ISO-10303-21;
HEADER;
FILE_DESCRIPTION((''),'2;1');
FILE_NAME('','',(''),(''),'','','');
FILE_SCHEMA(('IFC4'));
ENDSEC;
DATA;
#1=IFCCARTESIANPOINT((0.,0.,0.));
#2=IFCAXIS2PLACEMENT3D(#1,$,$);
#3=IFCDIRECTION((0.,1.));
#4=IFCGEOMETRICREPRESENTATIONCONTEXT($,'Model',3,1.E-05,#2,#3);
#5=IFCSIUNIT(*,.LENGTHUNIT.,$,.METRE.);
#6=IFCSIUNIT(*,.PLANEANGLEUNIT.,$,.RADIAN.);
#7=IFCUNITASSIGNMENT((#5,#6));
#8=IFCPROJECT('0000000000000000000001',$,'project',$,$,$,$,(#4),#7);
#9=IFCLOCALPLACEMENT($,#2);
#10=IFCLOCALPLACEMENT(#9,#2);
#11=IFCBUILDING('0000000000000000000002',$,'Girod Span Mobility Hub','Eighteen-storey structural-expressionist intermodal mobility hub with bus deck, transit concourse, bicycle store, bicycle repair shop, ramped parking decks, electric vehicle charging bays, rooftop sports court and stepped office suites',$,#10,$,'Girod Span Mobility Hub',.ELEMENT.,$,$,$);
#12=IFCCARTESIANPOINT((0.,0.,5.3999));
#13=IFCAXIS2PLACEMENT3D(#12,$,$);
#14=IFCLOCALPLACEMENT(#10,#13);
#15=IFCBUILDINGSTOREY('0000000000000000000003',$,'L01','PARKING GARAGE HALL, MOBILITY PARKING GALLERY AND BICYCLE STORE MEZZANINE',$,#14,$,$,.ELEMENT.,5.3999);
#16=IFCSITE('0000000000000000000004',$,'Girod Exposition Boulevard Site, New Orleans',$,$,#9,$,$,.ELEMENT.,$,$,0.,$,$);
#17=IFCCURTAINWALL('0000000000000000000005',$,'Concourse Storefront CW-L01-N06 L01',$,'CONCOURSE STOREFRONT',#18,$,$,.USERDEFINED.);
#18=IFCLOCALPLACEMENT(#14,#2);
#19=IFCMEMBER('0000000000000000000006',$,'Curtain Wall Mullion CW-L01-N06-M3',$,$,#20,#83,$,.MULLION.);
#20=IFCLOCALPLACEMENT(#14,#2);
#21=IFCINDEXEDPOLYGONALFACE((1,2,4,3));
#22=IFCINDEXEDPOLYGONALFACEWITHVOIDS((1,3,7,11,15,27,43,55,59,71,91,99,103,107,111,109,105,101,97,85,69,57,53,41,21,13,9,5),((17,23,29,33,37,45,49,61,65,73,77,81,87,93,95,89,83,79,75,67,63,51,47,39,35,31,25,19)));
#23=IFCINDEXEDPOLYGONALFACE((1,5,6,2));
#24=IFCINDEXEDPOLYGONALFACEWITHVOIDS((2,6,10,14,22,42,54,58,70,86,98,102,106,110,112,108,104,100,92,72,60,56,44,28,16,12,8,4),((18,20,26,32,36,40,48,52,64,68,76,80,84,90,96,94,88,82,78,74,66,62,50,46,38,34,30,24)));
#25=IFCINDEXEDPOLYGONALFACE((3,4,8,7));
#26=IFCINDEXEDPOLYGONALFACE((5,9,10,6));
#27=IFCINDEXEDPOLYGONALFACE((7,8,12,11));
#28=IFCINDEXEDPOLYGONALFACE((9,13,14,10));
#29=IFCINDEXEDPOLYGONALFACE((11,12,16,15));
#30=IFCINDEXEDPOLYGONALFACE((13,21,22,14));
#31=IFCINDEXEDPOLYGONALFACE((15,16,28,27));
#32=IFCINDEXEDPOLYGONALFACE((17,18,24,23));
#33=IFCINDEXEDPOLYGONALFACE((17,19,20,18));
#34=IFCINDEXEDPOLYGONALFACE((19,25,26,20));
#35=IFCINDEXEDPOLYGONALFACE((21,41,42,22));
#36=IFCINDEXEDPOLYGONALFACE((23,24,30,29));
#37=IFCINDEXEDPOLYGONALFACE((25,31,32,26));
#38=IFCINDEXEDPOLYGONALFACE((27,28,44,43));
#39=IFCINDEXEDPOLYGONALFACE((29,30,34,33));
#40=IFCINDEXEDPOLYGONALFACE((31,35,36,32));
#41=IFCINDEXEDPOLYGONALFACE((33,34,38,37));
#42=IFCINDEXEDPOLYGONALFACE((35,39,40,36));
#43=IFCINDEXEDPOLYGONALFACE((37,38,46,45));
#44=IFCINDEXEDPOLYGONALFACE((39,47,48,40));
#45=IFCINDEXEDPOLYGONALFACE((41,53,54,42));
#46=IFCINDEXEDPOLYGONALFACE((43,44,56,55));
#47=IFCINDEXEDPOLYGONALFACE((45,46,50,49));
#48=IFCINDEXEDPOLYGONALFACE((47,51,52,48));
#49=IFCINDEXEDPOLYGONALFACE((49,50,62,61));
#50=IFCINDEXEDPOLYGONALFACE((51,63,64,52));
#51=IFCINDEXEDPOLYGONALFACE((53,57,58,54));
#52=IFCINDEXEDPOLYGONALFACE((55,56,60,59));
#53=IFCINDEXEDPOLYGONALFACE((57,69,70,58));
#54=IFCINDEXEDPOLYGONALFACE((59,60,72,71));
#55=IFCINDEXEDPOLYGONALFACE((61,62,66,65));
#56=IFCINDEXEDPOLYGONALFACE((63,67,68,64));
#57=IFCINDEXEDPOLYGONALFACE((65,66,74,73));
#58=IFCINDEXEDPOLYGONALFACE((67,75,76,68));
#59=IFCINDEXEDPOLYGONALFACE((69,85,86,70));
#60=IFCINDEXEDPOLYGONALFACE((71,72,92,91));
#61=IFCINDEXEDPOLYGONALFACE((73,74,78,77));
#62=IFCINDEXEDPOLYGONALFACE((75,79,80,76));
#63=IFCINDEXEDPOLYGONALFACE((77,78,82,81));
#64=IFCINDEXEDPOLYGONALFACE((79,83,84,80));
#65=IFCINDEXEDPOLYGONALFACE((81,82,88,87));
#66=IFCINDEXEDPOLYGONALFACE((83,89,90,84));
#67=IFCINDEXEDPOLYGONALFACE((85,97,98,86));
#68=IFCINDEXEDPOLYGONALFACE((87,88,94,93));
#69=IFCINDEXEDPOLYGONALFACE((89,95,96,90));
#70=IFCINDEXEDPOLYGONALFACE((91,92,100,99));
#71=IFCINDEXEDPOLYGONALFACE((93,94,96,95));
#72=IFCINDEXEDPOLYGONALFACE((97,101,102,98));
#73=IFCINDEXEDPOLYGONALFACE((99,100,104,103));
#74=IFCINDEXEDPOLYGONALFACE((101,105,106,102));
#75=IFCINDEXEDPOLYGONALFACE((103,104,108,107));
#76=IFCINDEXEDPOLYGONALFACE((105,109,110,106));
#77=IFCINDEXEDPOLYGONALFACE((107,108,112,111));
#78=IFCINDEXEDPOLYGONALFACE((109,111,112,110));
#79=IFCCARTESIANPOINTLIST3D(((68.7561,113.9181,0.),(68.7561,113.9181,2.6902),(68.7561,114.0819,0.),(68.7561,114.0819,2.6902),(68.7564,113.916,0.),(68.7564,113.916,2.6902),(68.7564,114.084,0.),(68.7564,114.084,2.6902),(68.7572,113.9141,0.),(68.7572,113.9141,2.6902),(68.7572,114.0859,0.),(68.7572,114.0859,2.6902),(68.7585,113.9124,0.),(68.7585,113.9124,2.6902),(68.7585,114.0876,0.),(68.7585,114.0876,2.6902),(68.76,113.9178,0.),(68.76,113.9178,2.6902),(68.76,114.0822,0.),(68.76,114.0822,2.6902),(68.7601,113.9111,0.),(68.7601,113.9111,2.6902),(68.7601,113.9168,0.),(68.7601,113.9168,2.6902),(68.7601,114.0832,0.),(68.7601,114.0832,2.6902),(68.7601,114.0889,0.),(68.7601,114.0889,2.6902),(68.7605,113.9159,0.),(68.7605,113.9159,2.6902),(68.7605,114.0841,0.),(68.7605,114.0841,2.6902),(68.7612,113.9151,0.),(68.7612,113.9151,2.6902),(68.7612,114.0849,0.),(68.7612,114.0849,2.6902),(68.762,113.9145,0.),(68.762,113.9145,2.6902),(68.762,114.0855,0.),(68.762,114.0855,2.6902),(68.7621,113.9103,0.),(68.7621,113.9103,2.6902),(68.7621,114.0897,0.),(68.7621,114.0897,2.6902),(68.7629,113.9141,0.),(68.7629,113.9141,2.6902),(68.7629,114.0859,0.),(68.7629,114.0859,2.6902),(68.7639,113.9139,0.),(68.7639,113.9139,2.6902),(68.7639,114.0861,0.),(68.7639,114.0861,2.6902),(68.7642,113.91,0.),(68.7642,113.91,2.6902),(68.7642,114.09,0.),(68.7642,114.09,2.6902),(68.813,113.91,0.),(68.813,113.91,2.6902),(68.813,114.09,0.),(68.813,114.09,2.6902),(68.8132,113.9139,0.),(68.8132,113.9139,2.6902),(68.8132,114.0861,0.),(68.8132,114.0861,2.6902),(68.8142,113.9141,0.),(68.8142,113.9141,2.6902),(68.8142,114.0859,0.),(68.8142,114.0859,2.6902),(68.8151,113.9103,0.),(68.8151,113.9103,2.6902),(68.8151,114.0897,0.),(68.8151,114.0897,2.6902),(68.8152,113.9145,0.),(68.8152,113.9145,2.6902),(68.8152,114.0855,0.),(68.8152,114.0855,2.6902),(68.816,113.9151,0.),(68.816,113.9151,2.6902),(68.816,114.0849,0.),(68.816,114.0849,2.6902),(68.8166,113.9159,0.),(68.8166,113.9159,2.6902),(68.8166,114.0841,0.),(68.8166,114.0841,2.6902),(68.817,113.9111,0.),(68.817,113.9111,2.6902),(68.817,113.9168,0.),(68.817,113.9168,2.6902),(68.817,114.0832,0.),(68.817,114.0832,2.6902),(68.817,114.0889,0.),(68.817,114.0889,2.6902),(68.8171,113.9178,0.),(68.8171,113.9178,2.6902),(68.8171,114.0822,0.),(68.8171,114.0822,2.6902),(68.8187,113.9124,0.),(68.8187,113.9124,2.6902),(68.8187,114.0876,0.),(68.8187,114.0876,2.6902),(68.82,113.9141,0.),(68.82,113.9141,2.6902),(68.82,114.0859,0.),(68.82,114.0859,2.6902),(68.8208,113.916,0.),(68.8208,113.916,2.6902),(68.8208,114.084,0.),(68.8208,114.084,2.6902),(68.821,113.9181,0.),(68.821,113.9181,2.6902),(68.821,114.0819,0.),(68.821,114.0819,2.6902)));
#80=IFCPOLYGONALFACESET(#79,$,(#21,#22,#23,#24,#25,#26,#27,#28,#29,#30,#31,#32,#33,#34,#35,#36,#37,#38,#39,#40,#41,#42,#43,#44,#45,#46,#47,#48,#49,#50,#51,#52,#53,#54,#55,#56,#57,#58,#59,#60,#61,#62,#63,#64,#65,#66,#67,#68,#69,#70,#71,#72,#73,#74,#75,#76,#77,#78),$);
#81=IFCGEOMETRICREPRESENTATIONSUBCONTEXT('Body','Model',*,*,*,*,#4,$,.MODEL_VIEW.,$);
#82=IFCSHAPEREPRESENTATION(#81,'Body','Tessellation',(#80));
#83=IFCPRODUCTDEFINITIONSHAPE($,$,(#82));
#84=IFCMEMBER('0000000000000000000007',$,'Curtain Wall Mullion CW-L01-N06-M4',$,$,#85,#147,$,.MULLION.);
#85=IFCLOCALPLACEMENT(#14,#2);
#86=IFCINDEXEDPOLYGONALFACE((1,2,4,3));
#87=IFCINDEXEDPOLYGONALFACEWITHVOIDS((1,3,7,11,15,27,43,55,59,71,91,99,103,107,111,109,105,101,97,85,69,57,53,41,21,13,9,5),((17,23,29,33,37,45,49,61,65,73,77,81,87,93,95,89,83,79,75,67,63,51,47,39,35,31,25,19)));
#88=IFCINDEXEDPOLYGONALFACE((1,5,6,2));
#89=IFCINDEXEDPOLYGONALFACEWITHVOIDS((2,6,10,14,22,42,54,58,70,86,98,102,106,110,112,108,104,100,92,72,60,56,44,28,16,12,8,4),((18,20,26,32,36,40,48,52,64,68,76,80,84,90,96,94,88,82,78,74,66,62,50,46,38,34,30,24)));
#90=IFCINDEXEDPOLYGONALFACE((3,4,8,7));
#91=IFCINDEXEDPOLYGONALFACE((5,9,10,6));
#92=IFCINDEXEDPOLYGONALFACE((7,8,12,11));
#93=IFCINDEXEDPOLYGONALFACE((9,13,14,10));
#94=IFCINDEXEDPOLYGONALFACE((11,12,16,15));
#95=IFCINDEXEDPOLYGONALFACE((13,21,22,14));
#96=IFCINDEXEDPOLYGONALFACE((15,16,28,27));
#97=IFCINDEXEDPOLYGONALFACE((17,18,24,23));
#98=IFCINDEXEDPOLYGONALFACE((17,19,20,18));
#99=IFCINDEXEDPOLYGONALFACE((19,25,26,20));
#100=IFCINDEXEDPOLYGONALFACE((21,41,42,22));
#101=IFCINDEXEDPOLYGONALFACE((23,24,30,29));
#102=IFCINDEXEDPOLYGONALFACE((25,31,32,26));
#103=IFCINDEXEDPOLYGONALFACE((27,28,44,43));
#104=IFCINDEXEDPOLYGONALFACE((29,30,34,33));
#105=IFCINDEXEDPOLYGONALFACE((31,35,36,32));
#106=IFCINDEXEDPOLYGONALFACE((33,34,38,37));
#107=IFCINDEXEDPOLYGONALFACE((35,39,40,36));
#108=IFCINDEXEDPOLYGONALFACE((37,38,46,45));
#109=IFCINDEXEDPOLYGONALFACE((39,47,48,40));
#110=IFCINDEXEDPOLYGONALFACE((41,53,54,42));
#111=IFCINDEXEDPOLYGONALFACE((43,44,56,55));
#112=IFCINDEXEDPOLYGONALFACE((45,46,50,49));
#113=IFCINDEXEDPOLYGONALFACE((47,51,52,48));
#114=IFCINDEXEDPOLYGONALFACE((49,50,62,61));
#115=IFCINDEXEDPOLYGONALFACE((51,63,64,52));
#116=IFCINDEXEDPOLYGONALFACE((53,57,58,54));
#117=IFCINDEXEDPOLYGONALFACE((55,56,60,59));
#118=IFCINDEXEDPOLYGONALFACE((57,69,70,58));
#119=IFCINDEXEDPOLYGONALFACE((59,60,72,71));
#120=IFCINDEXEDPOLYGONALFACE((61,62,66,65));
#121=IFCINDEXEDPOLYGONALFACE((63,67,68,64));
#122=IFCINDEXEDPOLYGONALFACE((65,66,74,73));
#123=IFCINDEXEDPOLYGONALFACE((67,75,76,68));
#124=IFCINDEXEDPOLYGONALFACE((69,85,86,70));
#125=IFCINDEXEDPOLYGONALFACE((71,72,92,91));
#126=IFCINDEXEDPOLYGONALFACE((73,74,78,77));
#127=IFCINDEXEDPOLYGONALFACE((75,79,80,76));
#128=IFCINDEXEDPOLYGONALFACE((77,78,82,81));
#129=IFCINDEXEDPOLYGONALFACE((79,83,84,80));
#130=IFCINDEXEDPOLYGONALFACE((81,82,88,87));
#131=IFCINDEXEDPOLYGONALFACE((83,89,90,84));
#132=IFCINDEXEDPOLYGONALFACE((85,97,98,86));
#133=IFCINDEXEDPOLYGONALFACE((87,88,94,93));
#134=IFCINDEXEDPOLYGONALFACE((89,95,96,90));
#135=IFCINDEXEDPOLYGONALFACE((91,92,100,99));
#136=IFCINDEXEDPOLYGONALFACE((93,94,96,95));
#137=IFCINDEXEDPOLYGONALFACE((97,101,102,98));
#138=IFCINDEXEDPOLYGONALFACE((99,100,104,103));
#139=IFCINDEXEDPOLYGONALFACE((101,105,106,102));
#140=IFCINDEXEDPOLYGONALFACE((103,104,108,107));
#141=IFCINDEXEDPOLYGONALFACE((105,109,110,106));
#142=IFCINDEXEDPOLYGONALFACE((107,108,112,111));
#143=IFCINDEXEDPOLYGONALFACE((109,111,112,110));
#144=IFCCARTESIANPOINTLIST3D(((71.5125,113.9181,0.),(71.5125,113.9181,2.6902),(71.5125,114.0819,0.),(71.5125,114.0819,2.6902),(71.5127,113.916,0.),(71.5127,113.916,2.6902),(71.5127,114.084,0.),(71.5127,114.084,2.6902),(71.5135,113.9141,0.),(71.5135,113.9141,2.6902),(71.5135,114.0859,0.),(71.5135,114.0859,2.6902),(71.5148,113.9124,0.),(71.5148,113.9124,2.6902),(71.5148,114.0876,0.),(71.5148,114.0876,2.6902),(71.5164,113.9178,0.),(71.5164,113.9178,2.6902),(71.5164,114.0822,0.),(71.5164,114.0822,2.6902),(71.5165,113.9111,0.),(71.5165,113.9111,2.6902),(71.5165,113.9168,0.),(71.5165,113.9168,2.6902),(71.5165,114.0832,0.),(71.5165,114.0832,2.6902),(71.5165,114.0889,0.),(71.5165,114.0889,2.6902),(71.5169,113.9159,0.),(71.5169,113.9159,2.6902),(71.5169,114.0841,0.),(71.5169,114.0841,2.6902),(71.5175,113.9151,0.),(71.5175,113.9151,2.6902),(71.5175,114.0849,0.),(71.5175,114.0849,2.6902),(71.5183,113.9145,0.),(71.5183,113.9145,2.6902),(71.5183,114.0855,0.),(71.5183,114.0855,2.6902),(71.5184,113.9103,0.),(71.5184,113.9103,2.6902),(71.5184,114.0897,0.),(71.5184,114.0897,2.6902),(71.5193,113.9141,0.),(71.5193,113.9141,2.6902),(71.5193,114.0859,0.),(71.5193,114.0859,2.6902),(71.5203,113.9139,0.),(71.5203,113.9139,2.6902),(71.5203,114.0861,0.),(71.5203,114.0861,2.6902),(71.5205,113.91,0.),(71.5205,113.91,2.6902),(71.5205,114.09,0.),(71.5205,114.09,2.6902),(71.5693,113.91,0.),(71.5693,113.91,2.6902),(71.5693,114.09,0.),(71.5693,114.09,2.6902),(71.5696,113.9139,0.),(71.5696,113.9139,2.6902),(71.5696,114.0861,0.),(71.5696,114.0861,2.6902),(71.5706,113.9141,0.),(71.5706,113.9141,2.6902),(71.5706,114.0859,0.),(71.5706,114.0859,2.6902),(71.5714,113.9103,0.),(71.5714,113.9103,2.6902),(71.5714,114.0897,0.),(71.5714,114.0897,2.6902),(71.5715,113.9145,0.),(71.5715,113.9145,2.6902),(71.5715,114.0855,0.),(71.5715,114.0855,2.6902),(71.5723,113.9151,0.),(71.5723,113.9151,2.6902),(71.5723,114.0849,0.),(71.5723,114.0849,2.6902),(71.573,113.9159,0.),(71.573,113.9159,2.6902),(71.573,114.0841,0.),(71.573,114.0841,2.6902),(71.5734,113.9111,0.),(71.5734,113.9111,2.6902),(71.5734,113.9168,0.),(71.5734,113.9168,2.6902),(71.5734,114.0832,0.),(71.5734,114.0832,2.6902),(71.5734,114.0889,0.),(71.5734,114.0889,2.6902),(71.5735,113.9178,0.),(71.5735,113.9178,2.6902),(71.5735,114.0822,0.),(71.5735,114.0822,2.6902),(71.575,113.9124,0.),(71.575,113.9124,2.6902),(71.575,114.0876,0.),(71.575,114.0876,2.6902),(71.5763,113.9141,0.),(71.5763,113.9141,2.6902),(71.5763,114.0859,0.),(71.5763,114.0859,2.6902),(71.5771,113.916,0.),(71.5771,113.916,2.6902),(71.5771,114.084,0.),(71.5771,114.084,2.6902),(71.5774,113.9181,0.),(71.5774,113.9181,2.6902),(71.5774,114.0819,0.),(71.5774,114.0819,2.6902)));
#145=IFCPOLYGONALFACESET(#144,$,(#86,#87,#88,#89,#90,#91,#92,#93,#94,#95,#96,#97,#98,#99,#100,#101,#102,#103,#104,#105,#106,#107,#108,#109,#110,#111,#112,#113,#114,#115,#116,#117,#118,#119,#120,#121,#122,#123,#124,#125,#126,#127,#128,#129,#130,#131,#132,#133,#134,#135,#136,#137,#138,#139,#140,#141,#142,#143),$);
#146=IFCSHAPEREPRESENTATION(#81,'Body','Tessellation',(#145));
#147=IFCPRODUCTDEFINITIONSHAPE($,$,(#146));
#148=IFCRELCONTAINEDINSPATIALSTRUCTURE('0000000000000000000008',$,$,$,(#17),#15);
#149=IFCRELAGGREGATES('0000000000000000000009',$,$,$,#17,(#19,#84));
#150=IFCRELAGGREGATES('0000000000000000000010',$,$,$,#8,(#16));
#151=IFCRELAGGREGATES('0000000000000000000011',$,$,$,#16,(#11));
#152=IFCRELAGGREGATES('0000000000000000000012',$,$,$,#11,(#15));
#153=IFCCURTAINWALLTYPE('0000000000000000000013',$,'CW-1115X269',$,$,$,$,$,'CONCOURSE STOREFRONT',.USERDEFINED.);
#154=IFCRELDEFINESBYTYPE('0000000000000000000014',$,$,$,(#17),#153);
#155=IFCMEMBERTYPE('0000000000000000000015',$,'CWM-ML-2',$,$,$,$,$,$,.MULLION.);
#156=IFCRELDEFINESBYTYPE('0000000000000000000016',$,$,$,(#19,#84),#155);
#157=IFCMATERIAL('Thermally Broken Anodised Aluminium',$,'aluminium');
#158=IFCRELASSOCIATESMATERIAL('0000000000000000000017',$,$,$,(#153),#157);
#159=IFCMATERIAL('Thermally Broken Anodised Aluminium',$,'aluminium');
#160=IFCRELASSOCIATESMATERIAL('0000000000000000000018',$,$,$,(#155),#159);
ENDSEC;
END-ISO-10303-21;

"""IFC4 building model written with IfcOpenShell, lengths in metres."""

from ifc_helpers import new_model, si_unit, direction, frame, origin, origin_2d, place, context, subcontext, project, spatial, hollow_rectangle, extrude, material, material_profile, profile_set, type_object, element, aggregate, save


model = new_model("IFC4")

# Units and contexts
model_context = context("Model", 3, precision=1e-05, world=origin(), true_north=direction((0.0, 1.0)))
body_context = subcontext(model_context, "Body", "Model", "MODEL_VIEW")
ifc_project = project(units=[si_unit("LENGTHUNIT", "METRE"), si_unit("PLANEANGLEUNIT", "RADIAN")], contexts=[model_context])

# Site, building, storey
site_placement = place(None, origin())
site = spatial("IfcSite", under=ifc_project, at=site_placement, Name="Girod Exposition Boulevard Site, New Orleans", CompositionType="ELEMENT", RefElevation=0.0)
building_placement = place(site_placement, origin())
building = spatial("IfcBuilding", under=site, at=building_placement, Name="Girod Span Mobility Hub", Description="Eighteen-storey structural-expressionist intermodal mobility hub with bus deck, transit concourse, bicycle store, bicycle repair shop, ramped parking decks, electric vehicle charging bays, rooftop sports court and stepped office suites", LongName="Girod Span Mobility Hub", CompositionType="ELEMENT")
storey_placement = place(building_placement, frame((0.0, 0.0, 5.3999)))
storey = spatial("IfcBuildingStorey", under=building, at=storey_placement, Name="L01", Description="PARKING GARAGE HALL, MOBILITY PARKING GALLERY AND BICYCLE STORE MEZZANINE", CompositionType="ELEMENT", Elevation=5.3999)

# Curtain wall, members
ifc_material_1 = material(Name="Thermally Broken Anodised Aluminium", Category="aluminium")
curtain_wall_type = type_object("IfcCurtainWallType", Name="CW-1115X269", ElementType="CONCOURSE STOREFRONT", PredefinedType="USERDEFINED", material=ifc_material_1)
curtain_wall_placement = place(storey_placement, origin())
curtain_wall = element("IfcCurtainWall", 1, at=curtain_wall_placement, inside=storey, type_object=curtain_wall_type, Name="Concourse Storefront CW-L01-N06 L01", ObjectType="CONCOURSE STOREFRONT", PredefinedType="USERDEFINED")
ifc_material_2 = material(Name="Thermally Broken Anodised Aluminium", Category="aluminium")
ifc_material_profile_1 = material_profile(ifc_material_2, hollow_rectangle(XDim=0.1799, YDim=0.0649, WallThickness=0.0039, InnerFilletRadius=0.0039, OuterFilletRadius=0.0081, at=origin_2d()), Name="CW-ML-65X180")
ifc_profile_set_1 = profile_set([ifc_material_profile_1], Name="Thermally Broken Anodised Aluminium")
member_type_1 = type_object("IfcMemberType", Name="CWM-ML-2", PredefinedType="MULLION", material=ifc_profile_set_1)
member_1_placement = place(storey_placement, frame((68.7886, 114.0, 0.0), z_axis=(0.0, 0.0, 1.0), x_axis=(0.0, 1.0, 0.0)))
member_1 = element("IfcMember", 2, at=member_1_placement, type_object=member_type_1, Name="Curtain Wall Mullion CW-L01-N06-M3", PredefinedType="MULLION", context=body_context, shape_type="SweptSolid", body=[
    extrude(hollow_rectangle(XDim=0.1799, YDim=0.0649, WallThickness=0.0039, InnerFilletRadius=0.0039, OuterFilletRadius=0.0081, at=origin_2d()), origin(), (0.0, 0.0, 1.0), 2.6902),
])
member_2_placement = place(storey_placement, frame((71.5449, 114.0, 0.0), z_axis=(0.0, 0.0, 1.0), x_axis=(0.0, 1.0, 0.0)))
member_2 = element("IfcMember", 3, at=member_2_placement, type_object=member_type_1, Name="Curtain Wall Mullion CW-L01-N06-M4", PredefinedType="MULLION", context=body_context, shape_type="SweptSolid", body=[
    extrude(hollow_rectangle(XDim=0.1799, YDim=0.0649, WallThickness=0.0039, InnerFilletRadius=0.0039, OuterFilletRadius=0.0081, at=origin_2d()), origin(), (0.0, 0.0, 1.0), 2.6902),
])
aggregate(curtain_wall, [member_1, member_2])

save(model, "model.ifc")
